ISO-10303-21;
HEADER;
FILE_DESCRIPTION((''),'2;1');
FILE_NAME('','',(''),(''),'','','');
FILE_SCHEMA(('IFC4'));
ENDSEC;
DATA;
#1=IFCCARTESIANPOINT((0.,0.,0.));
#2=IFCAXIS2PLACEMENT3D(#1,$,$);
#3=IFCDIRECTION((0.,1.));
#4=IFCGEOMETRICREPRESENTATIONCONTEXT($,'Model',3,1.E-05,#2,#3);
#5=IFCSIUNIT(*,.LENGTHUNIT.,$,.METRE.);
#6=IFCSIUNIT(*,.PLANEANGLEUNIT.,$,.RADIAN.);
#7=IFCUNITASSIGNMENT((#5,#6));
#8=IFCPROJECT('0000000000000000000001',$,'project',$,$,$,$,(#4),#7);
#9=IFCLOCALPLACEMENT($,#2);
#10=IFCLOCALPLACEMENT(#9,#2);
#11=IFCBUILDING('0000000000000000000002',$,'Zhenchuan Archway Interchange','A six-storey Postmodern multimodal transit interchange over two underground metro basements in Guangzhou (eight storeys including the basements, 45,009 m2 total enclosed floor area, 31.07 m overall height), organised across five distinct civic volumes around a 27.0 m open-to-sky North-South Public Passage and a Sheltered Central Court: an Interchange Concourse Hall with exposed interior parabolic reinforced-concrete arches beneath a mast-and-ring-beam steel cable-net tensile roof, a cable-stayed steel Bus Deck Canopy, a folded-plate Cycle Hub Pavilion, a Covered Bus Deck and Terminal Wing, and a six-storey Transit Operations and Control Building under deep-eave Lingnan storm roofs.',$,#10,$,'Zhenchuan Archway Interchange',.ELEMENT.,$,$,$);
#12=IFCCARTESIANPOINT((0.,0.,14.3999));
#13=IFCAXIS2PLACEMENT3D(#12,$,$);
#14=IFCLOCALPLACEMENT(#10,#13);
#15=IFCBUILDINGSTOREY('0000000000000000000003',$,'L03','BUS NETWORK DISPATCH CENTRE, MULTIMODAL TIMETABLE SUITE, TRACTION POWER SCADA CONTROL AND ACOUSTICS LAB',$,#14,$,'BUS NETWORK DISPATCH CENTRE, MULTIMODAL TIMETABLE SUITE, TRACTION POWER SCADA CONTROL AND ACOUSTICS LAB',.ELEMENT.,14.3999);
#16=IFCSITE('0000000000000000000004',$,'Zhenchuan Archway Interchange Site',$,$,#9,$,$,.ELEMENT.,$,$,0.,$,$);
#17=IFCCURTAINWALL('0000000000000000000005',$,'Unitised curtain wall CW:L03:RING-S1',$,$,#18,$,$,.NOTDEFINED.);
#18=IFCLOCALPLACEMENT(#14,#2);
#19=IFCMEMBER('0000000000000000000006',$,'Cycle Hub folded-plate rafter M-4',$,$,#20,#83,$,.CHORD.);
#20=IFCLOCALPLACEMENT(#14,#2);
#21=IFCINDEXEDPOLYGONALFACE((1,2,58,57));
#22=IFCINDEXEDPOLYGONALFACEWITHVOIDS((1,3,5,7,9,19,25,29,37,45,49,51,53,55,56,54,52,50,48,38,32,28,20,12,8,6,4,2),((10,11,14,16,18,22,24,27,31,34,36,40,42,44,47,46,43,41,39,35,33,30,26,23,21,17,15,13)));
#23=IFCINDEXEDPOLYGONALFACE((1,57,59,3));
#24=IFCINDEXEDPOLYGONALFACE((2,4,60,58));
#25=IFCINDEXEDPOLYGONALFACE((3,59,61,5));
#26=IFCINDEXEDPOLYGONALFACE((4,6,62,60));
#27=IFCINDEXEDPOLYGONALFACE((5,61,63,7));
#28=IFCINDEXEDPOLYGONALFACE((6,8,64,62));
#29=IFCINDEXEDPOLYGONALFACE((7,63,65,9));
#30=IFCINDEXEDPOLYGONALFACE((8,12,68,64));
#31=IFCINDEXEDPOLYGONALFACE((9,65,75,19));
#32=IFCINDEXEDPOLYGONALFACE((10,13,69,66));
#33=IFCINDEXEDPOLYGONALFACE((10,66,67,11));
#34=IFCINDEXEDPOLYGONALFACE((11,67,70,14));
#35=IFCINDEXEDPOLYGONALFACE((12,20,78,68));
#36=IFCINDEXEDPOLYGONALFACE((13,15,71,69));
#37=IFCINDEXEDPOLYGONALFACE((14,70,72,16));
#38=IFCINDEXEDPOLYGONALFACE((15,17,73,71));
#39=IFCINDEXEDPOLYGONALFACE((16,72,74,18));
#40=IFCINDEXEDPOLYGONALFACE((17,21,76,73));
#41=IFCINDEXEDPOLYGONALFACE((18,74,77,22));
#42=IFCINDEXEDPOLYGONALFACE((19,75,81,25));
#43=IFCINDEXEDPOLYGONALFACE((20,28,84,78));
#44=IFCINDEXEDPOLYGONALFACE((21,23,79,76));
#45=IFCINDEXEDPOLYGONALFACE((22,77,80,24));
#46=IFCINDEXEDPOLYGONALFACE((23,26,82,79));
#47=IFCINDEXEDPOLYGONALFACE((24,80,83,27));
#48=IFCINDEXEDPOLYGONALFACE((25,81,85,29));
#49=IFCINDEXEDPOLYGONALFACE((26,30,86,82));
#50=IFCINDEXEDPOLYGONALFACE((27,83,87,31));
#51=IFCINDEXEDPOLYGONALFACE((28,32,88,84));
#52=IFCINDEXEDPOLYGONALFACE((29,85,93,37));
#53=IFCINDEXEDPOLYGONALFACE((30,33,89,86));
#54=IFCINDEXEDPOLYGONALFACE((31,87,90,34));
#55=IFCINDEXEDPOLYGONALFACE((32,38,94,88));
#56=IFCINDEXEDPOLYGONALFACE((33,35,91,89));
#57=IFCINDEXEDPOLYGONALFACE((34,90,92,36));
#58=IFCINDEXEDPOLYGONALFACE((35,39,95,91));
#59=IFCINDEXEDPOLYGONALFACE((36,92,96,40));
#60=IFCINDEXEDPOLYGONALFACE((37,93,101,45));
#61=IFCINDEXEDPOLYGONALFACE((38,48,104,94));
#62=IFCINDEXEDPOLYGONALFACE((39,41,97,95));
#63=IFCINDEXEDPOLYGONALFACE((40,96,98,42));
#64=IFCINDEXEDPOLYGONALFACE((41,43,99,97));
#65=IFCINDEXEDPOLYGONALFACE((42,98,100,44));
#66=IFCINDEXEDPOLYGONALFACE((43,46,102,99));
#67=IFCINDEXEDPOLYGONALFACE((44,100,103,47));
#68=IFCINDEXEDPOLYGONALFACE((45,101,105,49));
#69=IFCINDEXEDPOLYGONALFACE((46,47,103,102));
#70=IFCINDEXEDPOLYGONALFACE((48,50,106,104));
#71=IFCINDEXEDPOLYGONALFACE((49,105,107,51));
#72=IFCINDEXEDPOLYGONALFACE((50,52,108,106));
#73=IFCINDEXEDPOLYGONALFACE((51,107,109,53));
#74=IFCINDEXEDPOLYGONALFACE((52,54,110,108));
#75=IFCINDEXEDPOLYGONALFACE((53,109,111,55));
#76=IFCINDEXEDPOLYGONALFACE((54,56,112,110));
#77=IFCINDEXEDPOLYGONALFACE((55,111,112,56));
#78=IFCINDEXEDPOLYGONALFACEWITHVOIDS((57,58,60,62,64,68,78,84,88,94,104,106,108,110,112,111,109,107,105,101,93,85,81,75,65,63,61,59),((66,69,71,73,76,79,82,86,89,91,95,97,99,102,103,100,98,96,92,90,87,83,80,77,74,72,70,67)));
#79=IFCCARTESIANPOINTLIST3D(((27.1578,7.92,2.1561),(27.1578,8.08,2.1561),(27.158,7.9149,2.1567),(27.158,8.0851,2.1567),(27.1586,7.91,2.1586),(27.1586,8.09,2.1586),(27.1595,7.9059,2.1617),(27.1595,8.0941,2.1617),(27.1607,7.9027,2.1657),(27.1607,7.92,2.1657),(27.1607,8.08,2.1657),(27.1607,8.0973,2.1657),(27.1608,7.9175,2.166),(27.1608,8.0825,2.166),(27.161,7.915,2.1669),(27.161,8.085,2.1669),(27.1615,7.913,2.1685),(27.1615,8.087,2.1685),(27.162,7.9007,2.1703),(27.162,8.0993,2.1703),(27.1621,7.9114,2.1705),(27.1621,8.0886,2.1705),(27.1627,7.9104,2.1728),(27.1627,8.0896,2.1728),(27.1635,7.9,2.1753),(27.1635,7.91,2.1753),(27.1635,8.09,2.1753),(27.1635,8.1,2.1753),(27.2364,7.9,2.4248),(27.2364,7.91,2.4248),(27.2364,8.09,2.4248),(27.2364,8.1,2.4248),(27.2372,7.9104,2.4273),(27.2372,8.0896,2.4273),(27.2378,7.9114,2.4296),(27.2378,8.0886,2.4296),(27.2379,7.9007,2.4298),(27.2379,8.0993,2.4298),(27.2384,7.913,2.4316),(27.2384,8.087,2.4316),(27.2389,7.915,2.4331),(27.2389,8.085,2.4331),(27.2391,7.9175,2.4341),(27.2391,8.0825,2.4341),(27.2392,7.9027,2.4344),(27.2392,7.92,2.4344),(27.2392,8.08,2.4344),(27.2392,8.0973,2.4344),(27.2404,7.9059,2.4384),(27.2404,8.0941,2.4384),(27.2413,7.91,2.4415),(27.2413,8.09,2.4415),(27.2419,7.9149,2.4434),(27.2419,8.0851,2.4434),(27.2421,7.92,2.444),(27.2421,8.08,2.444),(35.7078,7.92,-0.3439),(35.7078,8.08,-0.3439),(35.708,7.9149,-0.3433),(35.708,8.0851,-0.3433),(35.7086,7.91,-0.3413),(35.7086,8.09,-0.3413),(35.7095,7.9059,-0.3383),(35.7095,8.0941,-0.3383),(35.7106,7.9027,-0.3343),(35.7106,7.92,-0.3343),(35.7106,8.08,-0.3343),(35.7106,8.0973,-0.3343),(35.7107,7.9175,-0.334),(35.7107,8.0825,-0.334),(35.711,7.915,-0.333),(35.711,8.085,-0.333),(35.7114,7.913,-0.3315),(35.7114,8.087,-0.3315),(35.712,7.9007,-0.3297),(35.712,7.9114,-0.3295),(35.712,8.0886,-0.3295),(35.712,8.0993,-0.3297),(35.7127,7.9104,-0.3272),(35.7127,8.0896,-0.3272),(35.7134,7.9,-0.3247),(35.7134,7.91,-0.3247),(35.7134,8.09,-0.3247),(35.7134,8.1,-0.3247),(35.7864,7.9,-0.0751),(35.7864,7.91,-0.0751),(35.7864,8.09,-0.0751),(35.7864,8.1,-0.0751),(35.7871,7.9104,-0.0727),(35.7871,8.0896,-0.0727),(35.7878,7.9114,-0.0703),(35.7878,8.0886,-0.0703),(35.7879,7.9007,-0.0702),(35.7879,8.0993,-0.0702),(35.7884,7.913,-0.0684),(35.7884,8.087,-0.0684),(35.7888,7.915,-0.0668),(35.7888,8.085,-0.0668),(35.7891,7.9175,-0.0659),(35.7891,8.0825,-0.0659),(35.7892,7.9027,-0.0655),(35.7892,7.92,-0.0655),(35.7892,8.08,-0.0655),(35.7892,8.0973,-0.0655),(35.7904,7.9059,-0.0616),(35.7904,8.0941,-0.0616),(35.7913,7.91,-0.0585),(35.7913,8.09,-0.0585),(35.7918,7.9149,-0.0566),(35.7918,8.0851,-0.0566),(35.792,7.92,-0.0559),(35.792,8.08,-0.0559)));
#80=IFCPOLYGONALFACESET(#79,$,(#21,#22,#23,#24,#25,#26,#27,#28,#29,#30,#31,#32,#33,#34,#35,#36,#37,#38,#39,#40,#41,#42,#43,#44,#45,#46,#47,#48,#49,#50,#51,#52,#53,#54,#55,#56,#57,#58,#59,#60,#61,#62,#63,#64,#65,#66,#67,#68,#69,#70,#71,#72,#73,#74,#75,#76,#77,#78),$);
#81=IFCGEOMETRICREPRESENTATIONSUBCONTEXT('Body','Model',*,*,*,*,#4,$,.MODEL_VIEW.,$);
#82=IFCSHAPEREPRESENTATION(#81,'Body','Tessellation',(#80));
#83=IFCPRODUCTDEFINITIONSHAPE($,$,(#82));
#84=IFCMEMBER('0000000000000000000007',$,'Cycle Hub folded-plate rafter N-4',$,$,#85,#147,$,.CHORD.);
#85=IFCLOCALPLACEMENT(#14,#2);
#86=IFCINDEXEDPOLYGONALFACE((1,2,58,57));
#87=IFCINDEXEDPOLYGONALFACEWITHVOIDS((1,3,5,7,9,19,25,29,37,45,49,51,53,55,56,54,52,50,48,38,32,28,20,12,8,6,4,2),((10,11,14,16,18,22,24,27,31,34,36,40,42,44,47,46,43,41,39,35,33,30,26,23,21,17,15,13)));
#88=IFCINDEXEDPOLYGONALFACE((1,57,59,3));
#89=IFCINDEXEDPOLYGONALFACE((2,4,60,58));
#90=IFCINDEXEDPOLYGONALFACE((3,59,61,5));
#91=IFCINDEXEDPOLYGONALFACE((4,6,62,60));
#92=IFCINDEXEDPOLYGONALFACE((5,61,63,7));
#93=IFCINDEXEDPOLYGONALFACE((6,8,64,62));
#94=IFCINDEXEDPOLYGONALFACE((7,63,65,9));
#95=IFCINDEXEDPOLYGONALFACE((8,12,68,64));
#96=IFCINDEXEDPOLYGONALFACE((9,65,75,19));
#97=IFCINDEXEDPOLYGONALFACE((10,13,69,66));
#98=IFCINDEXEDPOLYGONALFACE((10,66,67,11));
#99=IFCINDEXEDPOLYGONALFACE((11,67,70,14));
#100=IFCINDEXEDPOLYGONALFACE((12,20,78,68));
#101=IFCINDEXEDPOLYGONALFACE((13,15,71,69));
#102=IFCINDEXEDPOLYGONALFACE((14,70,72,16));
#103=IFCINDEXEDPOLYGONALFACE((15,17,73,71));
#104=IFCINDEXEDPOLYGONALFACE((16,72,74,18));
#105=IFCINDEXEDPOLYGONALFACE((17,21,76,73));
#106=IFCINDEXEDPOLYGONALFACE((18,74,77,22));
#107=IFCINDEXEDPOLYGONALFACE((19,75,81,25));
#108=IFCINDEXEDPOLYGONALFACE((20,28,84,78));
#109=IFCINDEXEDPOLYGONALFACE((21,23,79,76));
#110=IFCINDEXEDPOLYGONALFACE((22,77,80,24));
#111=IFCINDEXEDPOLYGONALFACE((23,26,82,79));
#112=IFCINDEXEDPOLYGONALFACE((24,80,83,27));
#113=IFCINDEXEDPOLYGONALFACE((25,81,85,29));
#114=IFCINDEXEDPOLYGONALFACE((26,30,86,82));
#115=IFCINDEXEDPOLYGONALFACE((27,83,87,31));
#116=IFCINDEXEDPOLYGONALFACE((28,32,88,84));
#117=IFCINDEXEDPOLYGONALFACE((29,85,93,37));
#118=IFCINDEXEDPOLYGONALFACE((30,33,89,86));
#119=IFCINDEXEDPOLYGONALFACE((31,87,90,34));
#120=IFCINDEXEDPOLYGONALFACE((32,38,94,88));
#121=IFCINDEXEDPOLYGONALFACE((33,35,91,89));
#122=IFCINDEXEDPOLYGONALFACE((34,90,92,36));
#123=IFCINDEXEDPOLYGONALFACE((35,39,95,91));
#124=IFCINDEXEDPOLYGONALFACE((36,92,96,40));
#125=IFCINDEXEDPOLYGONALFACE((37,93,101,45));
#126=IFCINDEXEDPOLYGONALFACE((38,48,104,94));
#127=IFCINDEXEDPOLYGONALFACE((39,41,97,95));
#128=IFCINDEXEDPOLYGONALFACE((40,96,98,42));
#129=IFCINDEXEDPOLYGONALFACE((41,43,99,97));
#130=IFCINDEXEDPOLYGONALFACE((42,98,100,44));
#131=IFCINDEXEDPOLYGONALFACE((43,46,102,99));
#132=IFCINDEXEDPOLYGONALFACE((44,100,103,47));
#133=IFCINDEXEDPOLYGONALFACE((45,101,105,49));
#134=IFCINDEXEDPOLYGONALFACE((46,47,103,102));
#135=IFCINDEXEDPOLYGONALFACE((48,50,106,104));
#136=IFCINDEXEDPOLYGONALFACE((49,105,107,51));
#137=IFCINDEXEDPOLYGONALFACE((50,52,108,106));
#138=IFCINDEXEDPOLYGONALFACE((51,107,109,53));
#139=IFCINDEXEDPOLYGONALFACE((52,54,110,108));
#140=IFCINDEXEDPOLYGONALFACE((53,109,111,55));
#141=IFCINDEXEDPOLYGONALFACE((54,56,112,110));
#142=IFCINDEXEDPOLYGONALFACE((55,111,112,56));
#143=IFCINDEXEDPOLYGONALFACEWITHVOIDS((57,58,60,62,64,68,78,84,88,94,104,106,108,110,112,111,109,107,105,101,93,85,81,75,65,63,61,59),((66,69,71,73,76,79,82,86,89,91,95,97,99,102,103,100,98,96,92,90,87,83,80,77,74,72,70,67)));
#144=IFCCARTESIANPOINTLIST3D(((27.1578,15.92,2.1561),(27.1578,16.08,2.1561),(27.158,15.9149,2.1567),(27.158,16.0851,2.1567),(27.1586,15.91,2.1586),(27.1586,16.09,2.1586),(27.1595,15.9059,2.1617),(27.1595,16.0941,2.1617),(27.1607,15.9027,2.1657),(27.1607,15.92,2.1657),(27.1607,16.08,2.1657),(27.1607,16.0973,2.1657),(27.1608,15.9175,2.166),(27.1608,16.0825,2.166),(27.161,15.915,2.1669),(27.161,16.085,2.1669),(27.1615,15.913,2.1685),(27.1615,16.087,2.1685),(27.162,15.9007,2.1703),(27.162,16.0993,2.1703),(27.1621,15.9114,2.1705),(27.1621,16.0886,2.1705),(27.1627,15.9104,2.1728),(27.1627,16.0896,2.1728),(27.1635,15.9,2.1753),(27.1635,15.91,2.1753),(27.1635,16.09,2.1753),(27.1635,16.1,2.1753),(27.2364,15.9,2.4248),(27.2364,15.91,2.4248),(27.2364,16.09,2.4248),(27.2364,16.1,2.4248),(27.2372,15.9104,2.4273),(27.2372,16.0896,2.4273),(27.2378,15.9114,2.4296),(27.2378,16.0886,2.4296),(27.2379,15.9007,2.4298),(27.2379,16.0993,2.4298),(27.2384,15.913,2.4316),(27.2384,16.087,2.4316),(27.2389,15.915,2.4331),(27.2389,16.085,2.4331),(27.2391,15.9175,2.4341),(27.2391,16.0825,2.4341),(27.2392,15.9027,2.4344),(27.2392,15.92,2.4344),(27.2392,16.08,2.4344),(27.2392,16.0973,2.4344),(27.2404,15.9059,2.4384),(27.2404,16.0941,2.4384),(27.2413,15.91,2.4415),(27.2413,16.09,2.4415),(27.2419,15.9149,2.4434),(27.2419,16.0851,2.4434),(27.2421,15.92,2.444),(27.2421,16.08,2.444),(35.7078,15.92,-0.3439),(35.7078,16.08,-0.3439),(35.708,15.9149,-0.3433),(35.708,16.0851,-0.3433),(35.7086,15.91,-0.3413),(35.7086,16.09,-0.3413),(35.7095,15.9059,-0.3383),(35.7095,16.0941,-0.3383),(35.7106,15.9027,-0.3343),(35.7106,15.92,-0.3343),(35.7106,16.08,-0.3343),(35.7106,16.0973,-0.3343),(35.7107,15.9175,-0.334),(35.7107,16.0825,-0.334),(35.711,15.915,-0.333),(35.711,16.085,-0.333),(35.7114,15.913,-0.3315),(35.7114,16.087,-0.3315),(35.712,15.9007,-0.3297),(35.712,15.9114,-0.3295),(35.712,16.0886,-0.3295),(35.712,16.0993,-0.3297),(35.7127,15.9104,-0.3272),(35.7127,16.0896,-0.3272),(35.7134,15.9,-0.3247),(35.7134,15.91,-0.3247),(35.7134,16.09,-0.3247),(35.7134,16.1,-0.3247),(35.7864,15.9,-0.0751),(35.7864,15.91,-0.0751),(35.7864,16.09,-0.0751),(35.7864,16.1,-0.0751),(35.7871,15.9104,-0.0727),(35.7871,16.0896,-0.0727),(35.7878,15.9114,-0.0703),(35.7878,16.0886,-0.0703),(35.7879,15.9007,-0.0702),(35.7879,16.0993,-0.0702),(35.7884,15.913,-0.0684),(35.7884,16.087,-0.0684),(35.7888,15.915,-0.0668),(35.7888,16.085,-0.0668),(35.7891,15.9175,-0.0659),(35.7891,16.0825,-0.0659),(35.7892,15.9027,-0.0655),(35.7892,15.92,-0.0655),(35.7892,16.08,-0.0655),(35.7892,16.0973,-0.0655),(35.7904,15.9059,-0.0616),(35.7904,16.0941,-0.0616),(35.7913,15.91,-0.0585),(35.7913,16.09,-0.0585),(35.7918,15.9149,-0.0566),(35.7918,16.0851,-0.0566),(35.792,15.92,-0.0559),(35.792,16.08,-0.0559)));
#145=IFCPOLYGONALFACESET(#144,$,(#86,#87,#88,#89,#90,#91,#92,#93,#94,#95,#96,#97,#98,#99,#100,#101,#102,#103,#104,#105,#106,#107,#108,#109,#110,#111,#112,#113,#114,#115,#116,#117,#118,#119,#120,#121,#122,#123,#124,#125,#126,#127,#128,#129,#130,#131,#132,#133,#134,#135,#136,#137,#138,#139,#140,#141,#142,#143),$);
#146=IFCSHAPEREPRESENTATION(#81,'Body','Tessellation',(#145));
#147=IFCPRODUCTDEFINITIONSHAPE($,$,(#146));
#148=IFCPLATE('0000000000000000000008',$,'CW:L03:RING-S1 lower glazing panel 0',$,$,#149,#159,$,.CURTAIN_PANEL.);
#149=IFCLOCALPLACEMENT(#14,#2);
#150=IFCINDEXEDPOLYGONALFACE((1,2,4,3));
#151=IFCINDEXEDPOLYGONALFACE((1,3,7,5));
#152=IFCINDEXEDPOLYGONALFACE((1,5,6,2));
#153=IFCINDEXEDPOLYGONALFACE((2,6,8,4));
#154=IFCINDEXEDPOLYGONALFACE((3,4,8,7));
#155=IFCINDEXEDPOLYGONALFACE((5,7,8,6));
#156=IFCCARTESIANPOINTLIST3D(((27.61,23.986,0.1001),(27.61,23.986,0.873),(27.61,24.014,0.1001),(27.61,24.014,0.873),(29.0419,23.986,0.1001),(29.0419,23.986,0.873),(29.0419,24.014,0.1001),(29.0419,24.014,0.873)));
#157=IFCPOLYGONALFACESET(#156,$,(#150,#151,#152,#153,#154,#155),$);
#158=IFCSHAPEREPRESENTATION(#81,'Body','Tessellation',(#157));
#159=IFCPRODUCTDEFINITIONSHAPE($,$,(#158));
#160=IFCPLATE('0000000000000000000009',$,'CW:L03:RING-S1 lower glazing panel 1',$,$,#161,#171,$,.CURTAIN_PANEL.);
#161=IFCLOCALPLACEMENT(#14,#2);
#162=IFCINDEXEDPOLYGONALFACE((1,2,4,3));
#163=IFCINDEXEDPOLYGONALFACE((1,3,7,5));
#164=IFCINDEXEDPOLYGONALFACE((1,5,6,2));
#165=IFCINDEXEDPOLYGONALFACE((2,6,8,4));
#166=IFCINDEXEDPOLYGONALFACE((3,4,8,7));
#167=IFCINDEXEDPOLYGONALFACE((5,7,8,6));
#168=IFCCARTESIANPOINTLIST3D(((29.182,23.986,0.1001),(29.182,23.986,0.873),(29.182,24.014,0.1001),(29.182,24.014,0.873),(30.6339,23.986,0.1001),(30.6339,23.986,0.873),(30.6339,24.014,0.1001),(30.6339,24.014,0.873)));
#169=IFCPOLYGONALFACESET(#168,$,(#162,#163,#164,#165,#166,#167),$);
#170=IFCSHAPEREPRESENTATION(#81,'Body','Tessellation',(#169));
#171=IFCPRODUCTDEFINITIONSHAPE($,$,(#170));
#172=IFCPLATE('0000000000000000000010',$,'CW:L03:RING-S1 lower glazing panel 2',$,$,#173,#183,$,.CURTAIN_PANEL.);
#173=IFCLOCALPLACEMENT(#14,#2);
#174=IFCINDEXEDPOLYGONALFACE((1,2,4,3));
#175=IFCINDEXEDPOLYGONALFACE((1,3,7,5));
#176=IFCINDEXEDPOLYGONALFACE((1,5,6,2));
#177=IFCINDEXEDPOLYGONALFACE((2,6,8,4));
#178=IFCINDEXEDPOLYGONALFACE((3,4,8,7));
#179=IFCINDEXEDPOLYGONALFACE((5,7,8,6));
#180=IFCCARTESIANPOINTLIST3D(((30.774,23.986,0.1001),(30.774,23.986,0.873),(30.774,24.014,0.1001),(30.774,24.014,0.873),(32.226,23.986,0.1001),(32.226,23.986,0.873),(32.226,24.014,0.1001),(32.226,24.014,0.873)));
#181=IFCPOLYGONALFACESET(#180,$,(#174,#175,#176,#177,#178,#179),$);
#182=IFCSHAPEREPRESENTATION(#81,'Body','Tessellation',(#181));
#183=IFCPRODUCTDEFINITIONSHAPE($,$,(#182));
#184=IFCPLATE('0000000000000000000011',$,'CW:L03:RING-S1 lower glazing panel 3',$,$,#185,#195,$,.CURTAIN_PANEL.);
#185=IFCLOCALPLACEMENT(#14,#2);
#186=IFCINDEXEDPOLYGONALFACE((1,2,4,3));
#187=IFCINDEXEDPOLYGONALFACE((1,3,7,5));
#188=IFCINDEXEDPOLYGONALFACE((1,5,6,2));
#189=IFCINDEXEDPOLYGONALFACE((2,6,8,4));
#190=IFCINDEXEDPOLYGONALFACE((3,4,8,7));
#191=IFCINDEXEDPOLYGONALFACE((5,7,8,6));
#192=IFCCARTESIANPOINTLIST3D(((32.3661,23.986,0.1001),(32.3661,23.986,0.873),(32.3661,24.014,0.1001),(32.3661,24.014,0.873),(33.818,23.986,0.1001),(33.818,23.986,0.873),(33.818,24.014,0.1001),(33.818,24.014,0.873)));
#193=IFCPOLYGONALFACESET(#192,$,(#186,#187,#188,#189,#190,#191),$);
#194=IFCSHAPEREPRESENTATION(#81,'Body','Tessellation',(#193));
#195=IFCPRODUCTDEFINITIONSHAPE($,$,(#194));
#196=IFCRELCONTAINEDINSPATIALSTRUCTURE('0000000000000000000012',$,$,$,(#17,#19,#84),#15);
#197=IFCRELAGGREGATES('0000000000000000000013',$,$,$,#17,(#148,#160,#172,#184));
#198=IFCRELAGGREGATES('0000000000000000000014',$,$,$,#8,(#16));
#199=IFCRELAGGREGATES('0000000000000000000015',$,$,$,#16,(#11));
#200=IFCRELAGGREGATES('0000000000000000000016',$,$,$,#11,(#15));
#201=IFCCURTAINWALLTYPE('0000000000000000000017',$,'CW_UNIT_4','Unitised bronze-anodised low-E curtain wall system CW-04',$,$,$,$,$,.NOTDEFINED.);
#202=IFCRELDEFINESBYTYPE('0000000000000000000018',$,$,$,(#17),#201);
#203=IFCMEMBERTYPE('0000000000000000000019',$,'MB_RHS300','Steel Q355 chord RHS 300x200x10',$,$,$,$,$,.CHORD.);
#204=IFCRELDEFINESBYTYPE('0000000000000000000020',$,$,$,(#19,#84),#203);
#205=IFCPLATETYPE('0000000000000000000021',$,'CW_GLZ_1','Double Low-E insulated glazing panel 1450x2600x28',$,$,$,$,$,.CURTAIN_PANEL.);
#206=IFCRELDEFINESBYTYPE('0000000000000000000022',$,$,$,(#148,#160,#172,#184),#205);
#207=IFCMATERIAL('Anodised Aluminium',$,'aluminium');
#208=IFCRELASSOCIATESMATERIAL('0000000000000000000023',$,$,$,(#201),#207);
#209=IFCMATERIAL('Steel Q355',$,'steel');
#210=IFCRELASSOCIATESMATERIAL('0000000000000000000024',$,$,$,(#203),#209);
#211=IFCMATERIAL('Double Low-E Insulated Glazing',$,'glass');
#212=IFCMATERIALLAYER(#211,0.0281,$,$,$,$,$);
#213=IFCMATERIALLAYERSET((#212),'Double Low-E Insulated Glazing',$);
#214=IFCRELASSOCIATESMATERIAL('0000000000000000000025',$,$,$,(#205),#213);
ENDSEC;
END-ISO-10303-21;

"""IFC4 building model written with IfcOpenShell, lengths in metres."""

from ifc_helpers import new_model, si_unit, direction, frame, origin, origin_2d, place, context, subcontext, project, spatial, rectangle, hollow_rectangle, extrude, material, layer, layer_set, material_profile, profile_set, type_object, element, aggregate, save


model = new_model("IFC4")

# Units and contexts
model_context = context("Model", 3, precision=1e-05, world=origin(), true_north=direction((0.0, 1.0)))
body_context = subcontext(model_context, "Body", "Model", "MODEL_VIEW")
ifc_project = project(units=[si_unit("LENGTHUNIT", "METRE"), si_unit("PLANEANGLEUNIT", "RADIAN")], contexts=[model_context])

# Site, building, storey
site_placement = place(None, origin())
site = spatial("IfcSite", under=ifc_project, at=site_placement, Name="Zhenchuan Archway Interchange Site", CompositionType="ELEMENT", RefElevation=0.0)
building_placement = place(site_placement, origin())
building = spatial("IfcBuilding", under=site, at=building_placement, Name="Zhenchuan Archway Interchange", Description="A six-storey Postmodern multimodal transit interchange over two underground metro basements in Guangzhou (eight storeys including the basements, 45,009 m2 total enclosed floor area, 31.07 m overall height), organised across five distinct civic volumes around a 27.0 m open-to-sky North-South Public Passage and a Sheltered Central Court: an Interchange Concourse Hall with exposed interior parabolic reinforced-concrete arches beneath a mast-and-ring-beam steel cable-net tensile roof, a cable-stayed steel Bus Deck Canopy, a folded-plate Cycle Hub Pavilion, a Covered Bus Deck and Terminal Wing, and a six-storey Transit Operations and Control Building under deep-eave Lingnan storm roofs.", LongName="Zhenchuan Archway Interchange", CompositionType="ELEMENT")
storey_placement = place(building_placement, frame((0.0, 0.0, 14.3999)))
storey = spatial("IfcBuildingStorey", under=building, at=storey_placement, Name="L03", Description="BUS NETWORK DISPATCH CENTRE, MULTIMODAL TIMETABLE SUITE, TRACTION POWER SCADA CONTROL AND ACOUSTICS LAB", LongName="BUS NETWORK DISPATCH CENTRE, MULTIMODAL TIMETABLE SUITE, TRACTION POWER SCADA CONTROL AND ACOUSTICS LAB", CompositionType="ELEMENT", Elevation=14.3999)

# Curtain wall
ifc_material_1 = material(Name="Anodised Aluminium", Category="aluminium")
curtain_wall_type = type_object("IfcCurtainWallType", Name="CW_UNIT_4", Description="Unitised bronze-anodised low-E curtain wall system CW-04", PredefinedType="NOTDEFINED", material=ifc_material_1)
curtain_wall_placement = place(storey_placement, origin())
curtain_wall = element("IfcCurtainWall", 1, at=curtain_wall_placement, inside=storey, type_object=curtain_wall_type, Name="Unitised curtain wall CW:L03:RING-S1", PredefinedType="NOTDEFINED")

# Members
ifc_material_2 = material(Name="Steel Q355", Category="steel")
ifc_material_profile_1 = material_profile(ifc_material_2, hollow_rectangle(XDim=0.2, YDim=0.3, WallThickness=0.01, InnerFilletRadius=0.01, OuterFilletRadius=0.02, at=origin_2d()), Name="RHS 300x200x10")
ifc_profile_set_1 = profile_set([ifc_material_profile_1], Name="Steel Q355")
member_type_1 = type_object("IfcMemberType", Name="MB_RHS300", Description="Steel Q355 chord RHS 300x200x10", PredefinedType="CHORD", material=ifc_profile_set_1)
for number, where, z_axis, x_axis, name in (
    (2, (27.2, 8.0, 2.3), (0.959812, 0.0, -0.280645), (0.0, 1.0, 0.0), "Cycle Hub folded-plate rafter M-4"),
    (3, (27.2, 16.0, 2.3), (0.959812, 0.0, -0.280645), (0.0, 1.0, 0.0), "Cycle Hub folded-plate rafter N-4"),
):
    element("IfcMember", number, at=place(storey_placement, frame(where, z_axis=z_axis, x_axis=x_axis)), inside=storey, type_object=member_type_1, Name=name, PredefinedType="CHORD", context=body_context, shape_type="SweptSolid", body=[
        extrude(hollow_rectangle(XDim=0.2, YDim=0.3, WallThickness=0.01, InnerFilletRadius=0.01, OuterFilletRadius=0.02, at=origin_2d()), origin(), (0.0, 0.0, 1.0), 8.908),
    ])

# Plates
ifc_material_3 = material(Name="Double Low-E Insulated Glazing", Category="glass")
ifc_layer_1 = layer(ifc_material_3, 0.0281)
ifc_layer_set_1 = layer_set([ifc_layer_1], Name="Double Low-E Insulated Glazing")
plate_type_1 = type_object("IfcPlateType", Name="CW_GLZ_1", Description="Double Low-E insulated glazing panel 1450x2600x28", PredefinedType="CURTAIN_PANEL", material=ifc_layer_set_1)
plate_1_placement = place(storey_placement, frame((28.3259, 24.0, 0.1001), z_axis=(0.0, 0.0, 1.0), x_axis=(1.0, 0.0, 0.0)))
plate_1 = element("IfcPlate", 4, at=plate_1_placement, type_object=plate_type_1, Name="CW:L03:RING-S1 lower glazing panel 0", PredefinedType="CURTAIN_PANEL", context=body_context, shape_type="SweptSolid", body=[
    extrude(rectangle(XDim=1.4319, YDim=0.0281, at=origin_2d()), origin(), (0.0, 0.0, 1.0), 0.7729),
])
plate_2_placement = place(storey_placement, frame((29.908, 24.0, 0.1001), z_axis=(0.0, 0.0, 1.0), x_axis=(1.0, 0.0, 0.0)))
plate_2 = element("IfcPlate", 5, at=plate_2_placement, type_object=plate_type_1, Name="CW:L03:RING-S1 lower glazing panel 1", PredefinedType="CURTAIN_PANEL", context=body_context, shape_type="SweptSolid", body=[
    extrude(rectangle(XDim=1.4519, YDim=0.0281, at=origin_2d()), origin(), (0.0, 0.0, 1.0), 0.7729),
])
plate_3_placement = place(storey_placement, frame((31.5, 24.0, 0.1001), z_axis=(0.0, 0.0, 1.0), x_axis=(1.0, 0.0, 0.0)))
plate_3 = element("IfcPlate", 6, at=plate_3_placement, type_object=plate_type_1, Name="CW:L03:RING-S1 lower glazing panel 2", PredefinedType="CURTAIN_PANEL", context=body_context, shape_type="SweptSolid", body=[
    extrude(rectangle(XDim=1.4519, YDim=0.0281, at=origin_2d()), origin(), (0.0, 0.0, 1.0), 0.7729),
])
plate_4_placement = place(storey_placement, frame((33.092, 24.0, 0.1001), z_axis=(0.0, 0.0, 1.0), x_axis=(1.0, 0.0, 0.0)))
plate_4 = element("IfcPlate", 7, at=plate_4_placement, type_object=plate_type_1, Name="CW:L03:RING-S1 lower glazing panel 3", PredefinedType="CURTAIN_PANEL", context=body_context, shape_type="SweptSolid", body=[
    extrude(rectangle(XDim=1.4519, YDim=0.0281, at=origin_2d()), origin(), (0.0, 0.0, 1.0), 0.7729),
])
aggregate(curtain_wall, [plate_1, plate_2, plate_3, plate_4])

save(model, "model.ifc")
